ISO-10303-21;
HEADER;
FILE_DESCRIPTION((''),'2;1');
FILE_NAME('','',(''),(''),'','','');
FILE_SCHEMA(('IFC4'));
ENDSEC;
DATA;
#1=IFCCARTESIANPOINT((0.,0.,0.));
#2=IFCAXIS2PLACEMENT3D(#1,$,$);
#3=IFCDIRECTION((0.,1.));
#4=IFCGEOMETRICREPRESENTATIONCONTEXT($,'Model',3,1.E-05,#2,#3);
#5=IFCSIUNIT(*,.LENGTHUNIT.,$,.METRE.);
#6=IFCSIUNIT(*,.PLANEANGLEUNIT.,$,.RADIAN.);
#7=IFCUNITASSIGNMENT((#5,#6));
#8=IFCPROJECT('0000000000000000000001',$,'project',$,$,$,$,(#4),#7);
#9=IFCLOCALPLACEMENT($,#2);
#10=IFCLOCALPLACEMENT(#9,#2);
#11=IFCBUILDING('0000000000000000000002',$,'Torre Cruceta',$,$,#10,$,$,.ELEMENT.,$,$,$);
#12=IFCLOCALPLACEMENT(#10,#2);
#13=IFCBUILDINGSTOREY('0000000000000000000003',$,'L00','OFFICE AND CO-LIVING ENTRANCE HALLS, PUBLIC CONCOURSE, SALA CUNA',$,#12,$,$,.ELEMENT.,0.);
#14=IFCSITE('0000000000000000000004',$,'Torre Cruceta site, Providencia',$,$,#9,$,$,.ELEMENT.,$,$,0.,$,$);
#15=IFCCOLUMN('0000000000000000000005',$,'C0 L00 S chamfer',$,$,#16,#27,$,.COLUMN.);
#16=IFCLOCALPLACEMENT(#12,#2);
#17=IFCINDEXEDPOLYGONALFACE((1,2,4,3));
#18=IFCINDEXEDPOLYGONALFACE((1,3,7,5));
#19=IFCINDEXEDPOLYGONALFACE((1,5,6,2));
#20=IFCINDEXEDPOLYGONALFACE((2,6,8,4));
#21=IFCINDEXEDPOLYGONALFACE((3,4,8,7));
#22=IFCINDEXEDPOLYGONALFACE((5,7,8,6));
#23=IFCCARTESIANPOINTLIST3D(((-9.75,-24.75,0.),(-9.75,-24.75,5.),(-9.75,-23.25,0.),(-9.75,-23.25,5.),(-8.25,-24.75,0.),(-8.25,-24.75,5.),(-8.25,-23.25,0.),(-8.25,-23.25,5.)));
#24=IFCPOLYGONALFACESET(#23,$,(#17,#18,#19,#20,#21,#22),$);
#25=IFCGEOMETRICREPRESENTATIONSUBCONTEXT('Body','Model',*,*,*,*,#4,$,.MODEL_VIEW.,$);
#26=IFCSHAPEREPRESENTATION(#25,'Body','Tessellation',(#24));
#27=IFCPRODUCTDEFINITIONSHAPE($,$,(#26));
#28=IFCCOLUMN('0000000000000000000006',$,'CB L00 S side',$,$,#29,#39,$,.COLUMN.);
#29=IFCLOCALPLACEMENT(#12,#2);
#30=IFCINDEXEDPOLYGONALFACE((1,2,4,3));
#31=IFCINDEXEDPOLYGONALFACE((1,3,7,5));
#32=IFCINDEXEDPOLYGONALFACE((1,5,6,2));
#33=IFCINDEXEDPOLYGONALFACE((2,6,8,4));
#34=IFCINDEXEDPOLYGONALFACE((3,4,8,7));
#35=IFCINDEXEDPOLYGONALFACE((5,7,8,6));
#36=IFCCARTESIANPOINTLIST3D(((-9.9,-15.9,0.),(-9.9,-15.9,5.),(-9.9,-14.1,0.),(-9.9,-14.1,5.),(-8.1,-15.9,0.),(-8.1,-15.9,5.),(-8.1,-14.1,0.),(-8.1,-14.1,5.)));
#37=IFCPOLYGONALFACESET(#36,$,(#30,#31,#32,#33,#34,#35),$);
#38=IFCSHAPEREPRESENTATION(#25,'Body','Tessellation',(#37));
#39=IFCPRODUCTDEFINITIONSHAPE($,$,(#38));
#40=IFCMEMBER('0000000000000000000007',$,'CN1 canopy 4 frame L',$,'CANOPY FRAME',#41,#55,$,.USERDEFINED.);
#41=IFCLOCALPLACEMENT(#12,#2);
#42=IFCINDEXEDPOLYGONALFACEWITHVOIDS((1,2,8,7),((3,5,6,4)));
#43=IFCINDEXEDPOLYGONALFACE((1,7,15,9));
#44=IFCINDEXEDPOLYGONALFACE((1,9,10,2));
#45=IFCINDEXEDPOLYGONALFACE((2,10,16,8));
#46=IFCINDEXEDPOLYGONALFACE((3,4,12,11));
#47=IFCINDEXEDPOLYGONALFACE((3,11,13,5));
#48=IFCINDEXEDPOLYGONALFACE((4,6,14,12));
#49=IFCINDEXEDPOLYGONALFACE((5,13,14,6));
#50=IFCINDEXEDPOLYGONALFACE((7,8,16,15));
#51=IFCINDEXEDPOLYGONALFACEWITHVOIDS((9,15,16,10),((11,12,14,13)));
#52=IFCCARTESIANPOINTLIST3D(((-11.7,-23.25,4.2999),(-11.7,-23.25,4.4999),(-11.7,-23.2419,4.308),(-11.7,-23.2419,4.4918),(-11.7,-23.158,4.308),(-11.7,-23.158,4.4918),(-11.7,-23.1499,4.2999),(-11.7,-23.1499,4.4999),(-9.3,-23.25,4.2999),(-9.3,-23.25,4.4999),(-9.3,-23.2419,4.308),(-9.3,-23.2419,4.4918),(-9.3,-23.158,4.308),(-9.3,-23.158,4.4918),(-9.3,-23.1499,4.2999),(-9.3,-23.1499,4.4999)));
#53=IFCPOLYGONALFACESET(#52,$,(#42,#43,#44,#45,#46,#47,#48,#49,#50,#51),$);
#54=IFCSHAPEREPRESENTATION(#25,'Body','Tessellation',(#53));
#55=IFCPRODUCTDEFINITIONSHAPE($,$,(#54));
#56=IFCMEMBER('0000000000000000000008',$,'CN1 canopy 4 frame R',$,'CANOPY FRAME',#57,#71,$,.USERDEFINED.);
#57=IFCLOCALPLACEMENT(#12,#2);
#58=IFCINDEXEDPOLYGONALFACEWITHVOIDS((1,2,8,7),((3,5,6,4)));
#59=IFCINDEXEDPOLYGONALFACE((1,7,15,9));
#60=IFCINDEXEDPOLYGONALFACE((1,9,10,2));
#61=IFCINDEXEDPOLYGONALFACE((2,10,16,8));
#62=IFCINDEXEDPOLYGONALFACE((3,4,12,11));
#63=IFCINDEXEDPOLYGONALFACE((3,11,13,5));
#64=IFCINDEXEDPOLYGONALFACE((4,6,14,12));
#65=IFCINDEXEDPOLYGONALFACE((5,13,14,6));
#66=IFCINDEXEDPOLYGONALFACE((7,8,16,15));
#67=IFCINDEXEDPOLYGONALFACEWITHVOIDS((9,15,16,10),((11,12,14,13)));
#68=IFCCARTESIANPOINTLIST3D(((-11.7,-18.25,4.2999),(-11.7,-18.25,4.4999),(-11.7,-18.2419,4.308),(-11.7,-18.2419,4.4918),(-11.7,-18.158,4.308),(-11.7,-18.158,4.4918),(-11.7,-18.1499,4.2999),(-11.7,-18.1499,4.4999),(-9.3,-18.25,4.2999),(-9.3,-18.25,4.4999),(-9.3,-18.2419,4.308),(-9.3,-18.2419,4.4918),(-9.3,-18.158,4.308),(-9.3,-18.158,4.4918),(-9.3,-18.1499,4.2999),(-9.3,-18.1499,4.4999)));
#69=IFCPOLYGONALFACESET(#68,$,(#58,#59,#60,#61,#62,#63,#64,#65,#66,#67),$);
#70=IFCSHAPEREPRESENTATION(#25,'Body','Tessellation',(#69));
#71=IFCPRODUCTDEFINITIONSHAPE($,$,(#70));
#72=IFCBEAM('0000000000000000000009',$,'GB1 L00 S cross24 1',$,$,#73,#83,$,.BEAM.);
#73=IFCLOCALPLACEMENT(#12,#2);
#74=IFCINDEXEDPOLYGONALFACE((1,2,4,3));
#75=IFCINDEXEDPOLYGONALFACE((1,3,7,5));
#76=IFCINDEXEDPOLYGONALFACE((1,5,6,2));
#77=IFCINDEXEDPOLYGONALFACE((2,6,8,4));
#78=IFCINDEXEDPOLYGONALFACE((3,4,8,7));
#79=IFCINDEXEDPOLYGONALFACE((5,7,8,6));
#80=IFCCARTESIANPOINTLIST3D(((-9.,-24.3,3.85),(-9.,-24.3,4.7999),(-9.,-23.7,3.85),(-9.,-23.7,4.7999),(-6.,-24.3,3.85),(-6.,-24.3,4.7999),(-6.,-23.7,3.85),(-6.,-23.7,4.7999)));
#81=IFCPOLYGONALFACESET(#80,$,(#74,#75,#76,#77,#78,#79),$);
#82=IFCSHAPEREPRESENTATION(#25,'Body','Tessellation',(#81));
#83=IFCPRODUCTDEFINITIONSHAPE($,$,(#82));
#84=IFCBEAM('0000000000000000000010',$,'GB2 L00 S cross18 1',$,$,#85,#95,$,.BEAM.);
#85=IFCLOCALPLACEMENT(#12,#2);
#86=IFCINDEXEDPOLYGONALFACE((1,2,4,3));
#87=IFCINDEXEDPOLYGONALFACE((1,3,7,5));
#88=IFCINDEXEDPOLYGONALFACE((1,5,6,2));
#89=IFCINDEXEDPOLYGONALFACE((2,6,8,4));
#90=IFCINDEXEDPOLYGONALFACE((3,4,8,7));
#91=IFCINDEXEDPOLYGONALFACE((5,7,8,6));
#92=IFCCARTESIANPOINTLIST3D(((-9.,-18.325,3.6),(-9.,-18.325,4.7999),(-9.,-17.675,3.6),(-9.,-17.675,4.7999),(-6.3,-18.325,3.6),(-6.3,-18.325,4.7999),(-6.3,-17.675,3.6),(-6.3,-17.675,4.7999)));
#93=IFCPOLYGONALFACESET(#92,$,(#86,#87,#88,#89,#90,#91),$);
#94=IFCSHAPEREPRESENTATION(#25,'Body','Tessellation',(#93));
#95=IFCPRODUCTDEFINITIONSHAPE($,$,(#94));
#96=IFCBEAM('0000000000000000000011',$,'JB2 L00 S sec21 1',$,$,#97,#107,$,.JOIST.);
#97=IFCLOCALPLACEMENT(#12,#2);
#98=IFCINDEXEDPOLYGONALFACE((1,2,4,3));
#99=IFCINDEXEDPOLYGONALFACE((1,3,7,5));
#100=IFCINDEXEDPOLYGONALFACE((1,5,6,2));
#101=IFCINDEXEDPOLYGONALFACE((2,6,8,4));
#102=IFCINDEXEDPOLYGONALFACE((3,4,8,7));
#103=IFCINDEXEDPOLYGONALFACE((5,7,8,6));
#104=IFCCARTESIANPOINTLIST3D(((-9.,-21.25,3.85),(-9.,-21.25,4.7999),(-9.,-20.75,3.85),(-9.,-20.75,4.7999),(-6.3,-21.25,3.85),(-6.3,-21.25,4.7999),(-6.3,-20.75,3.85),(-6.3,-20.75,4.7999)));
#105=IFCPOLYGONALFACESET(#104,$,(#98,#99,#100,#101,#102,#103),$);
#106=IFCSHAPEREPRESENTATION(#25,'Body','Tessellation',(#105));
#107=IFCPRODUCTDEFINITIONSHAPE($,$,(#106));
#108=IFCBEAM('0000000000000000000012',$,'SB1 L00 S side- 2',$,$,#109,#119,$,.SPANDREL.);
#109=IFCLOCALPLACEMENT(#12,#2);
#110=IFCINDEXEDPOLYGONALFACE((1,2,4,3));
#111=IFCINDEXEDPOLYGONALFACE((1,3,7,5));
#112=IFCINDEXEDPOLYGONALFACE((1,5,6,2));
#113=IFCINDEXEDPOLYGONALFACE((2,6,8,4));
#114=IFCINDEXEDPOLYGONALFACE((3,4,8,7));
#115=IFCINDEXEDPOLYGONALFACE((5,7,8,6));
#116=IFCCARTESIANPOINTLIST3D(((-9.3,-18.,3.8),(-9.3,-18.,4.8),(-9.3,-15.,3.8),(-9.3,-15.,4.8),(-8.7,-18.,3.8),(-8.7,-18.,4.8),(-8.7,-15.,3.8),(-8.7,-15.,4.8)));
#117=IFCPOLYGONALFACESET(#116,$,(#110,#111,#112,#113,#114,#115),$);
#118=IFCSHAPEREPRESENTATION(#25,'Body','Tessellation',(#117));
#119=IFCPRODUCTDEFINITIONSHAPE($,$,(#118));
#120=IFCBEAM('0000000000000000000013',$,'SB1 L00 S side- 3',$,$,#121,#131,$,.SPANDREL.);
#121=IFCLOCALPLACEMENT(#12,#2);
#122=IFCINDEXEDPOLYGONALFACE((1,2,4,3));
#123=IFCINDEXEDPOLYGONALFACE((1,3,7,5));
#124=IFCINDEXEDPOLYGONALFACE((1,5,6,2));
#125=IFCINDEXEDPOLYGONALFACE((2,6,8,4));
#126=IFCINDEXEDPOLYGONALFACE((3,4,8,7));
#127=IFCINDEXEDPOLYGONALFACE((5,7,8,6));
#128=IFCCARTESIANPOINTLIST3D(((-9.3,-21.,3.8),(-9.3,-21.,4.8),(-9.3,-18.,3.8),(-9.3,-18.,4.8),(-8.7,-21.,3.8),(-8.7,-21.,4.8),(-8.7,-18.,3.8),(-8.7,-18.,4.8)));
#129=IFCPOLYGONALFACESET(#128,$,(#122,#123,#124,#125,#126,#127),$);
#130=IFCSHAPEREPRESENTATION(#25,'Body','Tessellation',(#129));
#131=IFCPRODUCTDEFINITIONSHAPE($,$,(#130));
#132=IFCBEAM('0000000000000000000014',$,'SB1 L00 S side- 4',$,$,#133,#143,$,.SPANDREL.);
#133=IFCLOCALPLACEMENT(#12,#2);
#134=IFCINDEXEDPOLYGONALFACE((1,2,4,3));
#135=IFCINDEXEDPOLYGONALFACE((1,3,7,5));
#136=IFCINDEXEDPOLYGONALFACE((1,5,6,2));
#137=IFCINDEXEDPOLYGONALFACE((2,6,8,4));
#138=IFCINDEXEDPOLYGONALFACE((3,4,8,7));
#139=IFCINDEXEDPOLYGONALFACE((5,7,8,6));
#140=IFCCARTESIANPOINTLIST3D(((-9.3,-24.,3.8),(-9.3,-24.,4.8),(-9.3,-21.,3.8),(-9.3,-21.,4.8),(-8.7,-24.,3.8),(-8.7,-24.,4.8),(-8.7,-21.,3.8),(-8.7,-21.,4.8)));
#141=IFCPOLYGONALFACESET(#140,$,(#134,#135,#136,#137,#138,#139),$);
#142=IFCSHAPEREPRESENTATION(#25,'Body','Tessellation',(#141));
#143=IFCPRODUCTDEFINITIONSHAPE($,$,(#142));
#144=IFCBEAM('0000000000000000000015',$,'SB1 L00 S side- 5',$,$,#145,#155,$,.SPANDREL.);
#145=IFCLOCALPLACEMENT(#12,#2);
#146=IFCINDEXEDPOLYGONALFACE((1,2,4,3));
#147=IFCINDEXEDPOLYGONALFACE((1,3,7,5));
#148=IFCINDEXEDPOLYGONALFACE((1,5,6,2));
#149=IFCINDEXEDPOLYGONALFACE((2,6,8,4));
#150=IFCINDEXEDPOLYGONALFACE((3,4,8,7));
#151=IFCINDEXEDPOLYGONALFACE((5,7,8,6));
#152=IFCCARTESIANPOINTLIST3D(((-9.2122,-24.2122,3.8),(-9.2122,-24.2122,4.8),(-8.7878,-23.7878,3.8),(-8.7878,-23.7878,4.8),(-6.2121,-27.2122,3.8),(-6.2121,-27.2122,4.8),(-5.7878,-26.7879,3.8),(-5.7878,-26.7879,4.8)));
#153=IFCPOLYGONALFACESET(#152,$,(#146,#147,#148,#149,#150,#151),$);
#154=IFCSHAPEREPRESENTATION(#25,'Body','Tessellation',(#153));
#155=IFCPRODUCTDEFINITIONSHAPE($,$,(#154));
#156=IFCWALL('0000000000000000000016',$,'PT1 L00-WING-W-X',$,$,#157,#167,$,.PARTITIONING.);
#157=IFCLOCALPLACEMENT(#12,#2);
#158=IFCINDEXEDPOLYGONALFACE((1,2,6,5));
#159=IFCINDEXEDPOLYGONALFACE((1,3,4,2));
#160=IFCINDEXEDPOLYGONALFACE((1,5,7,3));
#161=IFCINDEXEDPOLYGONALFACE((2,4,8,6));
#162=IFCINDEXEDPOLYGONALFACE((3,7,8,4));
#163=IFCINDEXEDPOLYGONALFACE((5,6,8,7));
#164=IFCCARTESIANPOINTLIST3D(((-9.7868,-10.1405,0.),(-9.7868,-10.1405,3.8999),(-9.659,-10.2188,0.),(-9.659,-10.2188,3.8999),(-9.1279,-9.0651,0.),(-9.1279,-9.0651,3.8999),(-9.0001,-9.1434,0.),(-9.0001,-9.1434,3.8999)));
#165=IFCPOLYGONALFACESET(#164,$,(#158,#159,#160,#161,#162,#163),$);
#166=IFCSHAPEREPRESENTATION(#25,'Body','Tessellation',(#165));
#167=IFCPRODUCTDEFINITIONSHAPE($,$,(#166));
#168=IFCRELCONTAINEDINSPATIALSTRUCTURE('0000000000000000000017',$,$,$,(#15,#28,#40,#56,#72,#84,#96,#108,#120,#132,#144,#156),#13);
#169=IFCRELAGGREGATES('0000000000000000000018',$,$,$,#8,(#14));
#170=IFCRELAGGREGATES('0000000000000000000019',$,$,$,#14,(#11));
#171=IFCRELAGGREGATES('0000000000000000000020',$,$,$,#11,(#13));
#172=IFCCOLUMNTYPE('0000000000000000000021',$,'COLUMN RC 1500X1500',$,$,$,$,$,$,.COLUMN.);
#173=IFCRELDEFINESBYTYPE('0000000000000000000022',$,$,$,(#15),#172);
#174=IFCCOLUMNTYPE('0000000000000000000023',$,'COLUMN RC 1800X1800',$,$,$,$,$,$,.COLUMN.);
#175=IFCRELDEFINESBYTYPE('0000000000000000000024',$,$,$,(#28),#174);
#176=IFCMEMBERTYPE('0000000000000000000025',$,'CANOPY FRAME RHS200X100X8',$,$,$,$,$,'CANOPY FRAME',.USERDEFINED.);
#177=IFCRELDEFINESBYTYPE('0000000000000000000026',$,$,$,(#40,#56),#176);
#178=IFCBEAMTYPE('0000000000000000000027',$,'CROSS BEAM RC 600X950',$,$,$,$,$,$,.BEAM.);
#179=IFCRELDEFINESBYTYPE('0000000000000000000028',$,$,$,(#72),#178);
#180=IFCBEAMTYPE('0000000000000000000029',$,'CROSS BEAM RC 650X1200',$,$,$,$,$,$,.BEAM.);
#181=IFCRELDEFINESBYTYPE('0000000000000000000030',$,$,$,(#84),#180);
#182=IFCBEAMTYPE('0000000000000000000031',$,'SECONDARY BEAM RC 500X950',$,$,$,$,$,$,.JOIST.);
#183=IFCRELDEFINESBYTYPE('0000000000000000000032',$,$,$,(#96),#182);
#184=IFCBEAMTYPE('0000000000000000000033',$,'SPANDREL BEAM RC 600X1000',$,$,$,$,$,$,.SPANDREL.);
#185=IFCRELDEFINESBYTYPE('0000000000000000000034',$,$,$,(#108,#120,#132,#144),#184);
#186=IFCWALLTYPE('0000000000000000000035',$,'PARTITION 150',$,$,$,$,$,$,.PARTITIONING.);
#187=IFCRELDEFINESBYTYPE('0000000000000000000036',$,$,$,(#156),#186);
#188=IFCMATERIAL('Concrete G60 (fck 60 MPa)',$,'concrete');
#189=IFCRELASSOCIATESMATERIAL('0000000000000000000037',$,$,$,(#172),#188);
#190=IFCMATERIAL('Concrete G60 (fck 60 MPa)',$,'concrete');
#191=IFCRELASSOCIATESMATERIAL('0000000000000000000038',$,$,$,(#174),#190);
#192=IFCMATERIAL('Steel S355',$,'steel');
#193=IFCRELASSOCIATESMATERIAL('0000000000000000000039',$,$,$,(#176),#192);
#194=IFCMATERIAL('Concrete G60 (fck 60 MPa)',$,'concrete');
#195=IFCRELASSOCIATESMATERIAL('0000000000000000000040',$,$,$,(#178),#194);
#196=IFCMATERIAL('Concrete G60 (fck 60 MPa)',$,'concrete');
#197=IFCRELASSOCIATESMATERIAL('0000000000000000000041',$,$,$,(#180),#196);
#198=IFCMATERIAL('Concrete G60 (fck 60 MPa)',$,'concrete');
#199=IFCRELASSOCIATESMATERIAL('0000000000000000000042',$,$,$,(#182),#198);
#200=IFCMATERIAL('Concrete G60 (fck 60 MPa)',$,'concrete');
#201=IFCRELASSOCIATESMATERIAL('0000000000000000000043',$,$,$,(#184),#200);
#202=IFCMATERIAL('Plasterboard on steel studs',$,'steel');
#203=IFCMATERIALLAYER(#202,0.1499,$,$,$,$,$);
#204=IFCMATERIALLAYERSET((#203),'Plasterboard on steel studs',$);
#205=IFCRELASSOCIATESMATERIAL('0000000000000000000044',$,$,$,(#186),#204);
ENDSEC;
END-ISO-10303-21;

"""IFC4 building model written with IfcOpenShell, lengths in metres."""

from ifc_helpers import new_model, si_unit, direction, frame, frame_2d, origin, origin_2d, place, context, subcontext, project, spatial, rectangle, hollow_rectangle, extrude, material, layer, layer_set, material_profile, profile_set, type_object, element, save


model = new_model("IFC4")

# Units and contexts
model_context = context("Model", 3, precision=1e-05, world=origin(), true_north=direction((0.0, 1.0)))
body_context = subcontext(model_context, "Body", "Model", "MODEL_VIEW")
ifc_project = project(units=[si_unit("LENGTHUNIT", "METRE"), si_unit("PLANEANGLEUNIT", "RADIAN")], contexts=[model_context])

# Site, building, storey
site_placement = place(None, origin())
site = spatial("IfcSite", under=ifc_project, at=site_placement, Name="Torre Cruceta site, Providencia", CompositionType="ELEMENT", RefElevation=0.0)
building_placement = place(site_placement, origin())
building = spatial("IfcBuilding", under=site, at=building_placement, Name="Torre Cruceta", CompositionType="ELEMENT")
storey_placement = place(building_placement, origin())
storey = spatial("IfcBuildingStorey", under=building, at=storey_placement, Name="L00", Description="OFFICE AND CO-LIVING ENTRANCE HALLS, PUBLIC CONCOURSE, SALA CUNA", CompositionType="ELEMENT", Elevation=0.0)

# Columns
ifc_material_1 = material(Name="Concrete G60 (fck 60 MPa)", Category="concrete")
ifc_material_profile_1 = material_profile(ifc_material_1, rectangle(XDim=1.5, YDim=1.5, at=origin_2d()), Name="RC 1500X1500")
ifc_profile_set_1 = profile_set([ifc_material_profile_1], Name="Concrete G60 (fck 60 MPa)")
column_type_1 = type_object("IfcColumnType", Name="COLUMN RC 1500X1500", PredefinedType="COLUMN", material=ifc_profile_set_1)
column_1_placement = place(storey_placement, frame((-9.0, -24.0, 0.0), z_axis=(0.0, 0.0, 1.0), x_axis=(1.0, 0.0, 0.0)))
element("IfcColumn", 1, at=column_1_placement, inside=storey, type_object=column_type_1, Name="C0 L00 S chamfer", PredefinedType="COLUMN", context=body_context, shape_type="SweptSolid", body=[
    extrude(rectangle(XDim=1.5, YDim=1.5, at=origin_2d()), origin(), (0.0, 0.0, 1.0), 5.0),
])
ifc_material_2 = material(Name="Concrete G60 (fck 60 MPa)", Category="concrete")
ifc_material_profile_2 = material_profile(ifc_material_2, rectangle(XDim=1.8, YDim=1.8, at=origin_2d()), Name="RC 1800X1800")
ifc_profile_set_2 = profile_set([ifc_material_profile_2], Name="Concrete G60 (fck 60 MPa)")
column_type_2 = type_object("IfcColumnType", Name="COLUMN RC 1800X1800", PredefinedType="COLUMN", material=ifc_profile_set_2)
column_2_placement = place(storey_placement, frame((-9.0, -15.0, 0.0), z_axis=(0.0, 0.0, 1.0), x_axis=(1.0, 0.0, 0.0)))
element("IfcColumn", 2, at=column_2_placement, inside=storey, type_object=column_type_2, Name="CB L00 S side", PredefinedType="COLUMN", context=body_context, shape_type="SweptSolid", body=[
    extrude(rectangle(XDim=1.8, YDim=1.8, at=origin_2d()), origin(), (0.0, 0.0, 1.0), 5.0),
])

# Members
ifc_material_3 = material(Name="Steel S355", Category="steel")
ifc_material_profile_3 = material_profile(ifc_material_3, hollow_rectangle(XDim=0.1001, YDim=0.2, WallThickness=0.0081, at=origin_2d()), Name="RHS200X100X8")
ifc_profile_set_3 = profile_set([ifc_material_profile_3], Name="Steel S355")
member_type = type_object("IfcMemberType", Name="CANOPY FRAME RHS200X100X8", ElementType="CANOPY FRAME", PredefinedType="USERDEFINED", material=ifc_profile_set_3)
for number, where, z_axis, x_axis, name in (
    (3, (-9.3, -23.2, 4.3999), (-1.0, 0.0, 0.0), (0.0, -1.0, 0.0), "CN1 canopy 4 frame L"),
    (4, (-9.3, -18.2, 4.3999), (-1.0, 0.0, 0.0), (0.0, -1.0, 0.0), "CN1 canopy 4 frame R"),
):
    element("IfcMember", number, at=place(storey_placement, frame(where, z_axis=z_axis, x_axis=x_axis)), inside=storey, type_object=member_type, Name=name, ObjectType="CANOPY FRAME", PredefinedType="USERDEFINED", context=body_context, shape_type="SweptSolid", body=[
        extrude(hollow_rectangle(XDim=0.1001, YDim=0.2, WallThickness=0.0081, at=origin_2d()), origin(), (0.0, 0.0, 1.0), 2.3999),
    ])

# Beams
ifc_material_4 = material(Name="Concrete G60 (fck 60 MPa)", Category="concrete")
ifc_material_profile_4 = material_profile(ifc_material_4, rectangle(XDim=0.6001, YDim=0.95, at=origin_2d()), Name="RC 600X950")
ifc_profile_set_4 = profile_set([ifc_material_profile_4], Name="Concrete G60 (fck 60 MPa)")
beam_type_1 = type_object("IfcBeamType", Name="CROSS BEAM RC 600X950", PredefinedType="BEAM", material=ifc_profile_set_4)
beam_1_placement = place(storey_placement, frame((-9.0, -24.0, 4.325), z_axis=(1.0, 0.0, 0.0), x_axis=(0.0, 1.0, 0.0)))
element("IfcBeam", 5, at=beam_1_placement, inside=storey, type_object=beam_type_1, Name="GB1 L00 S cross24 1", PredefinedType="BEAM", context=body_context, shape_type="SweptSolid", body=[
    extrude(rectangle(XDim=0.6001, YDim=0.95, at=origin_2d()), origin(), (0.0, 0.0, 1.0), 3.0),
])
ifc_material_5 = material(Name="Concrete G60 (fck 60 MPa)", Category="concrete")
ifc_material_profile_5 = material_profile(ifc_material_5, rectangle(XDim=0.6499, YDim=1.2, at=origin_2d()), Name="RC 650X1200")
ifc_profile_set_5 = profile_set([ifc_material_profile_5], Name="Concrete G60 (fck 60 MPa)")
beam_type_2 = type_object("IfcBeamType", Name="CROSS BEAM RC 650X1200", PredefinedType="BEAM", material=ifc_profile_set_5)
beam_2_placement = place(storey_placement, frame((-9.0, -18.0, 4.2), z_axis=(1.0, 0.0, 0.0), x_axis=(0.0, 1.0, 0.0)))
element("IfcBeam", 6, at=beam_2_placement, inside=storey, type_object=beam_type_2, Name="GB2 L00 S cross18 1", PredefinedType="BEAM", context=body_context, shape_type="SweptSolid", body=[
    extrude(rectangle(XDim=0.6499, YDim=1.2, at=origin_2d()), origin(), (0.0, 0.0, 1.0), 2.7),
])
ifc_material_6 = material(Name="Concrete G60 (fck 60 MPa)", Category="concrete")
ifc_material_profile_6 = material_profile(ifc_material_6, rectangle(XDim=0.5, YDim=0.95, at=origin_2d()), Name="RC 500X950")
ifc_profile_set_6 = profile_set([ifc_material_profile_6], Name="Concrete G60 (fck 60 MPa)")
beam_type_3 = type_object("IfcBeamType", Name="SECONDARY BEAM RC 500X950", PredefinedType="JOIST", material=ifc_profile_set_6)
beam_3_placement = place(storey_placement, frame((-9.0, -21.0, 4.325), z_axis=(1.0, 0.0, 0.0), x_axis=(0.0, 1.0, 0.0)))
element("IfcBeam", 7, at=beam_3_placement, inside=storey, type_object=beam_type_3, Name="JB2 L00 S sec21 1", PredefinedType="JOIST", context=body_context, shape_type="SweptSolid", body=[
    extrude(rectangle(XDim=0.5, YDim=0.95, at=origin_2d()), origin(), (0.0, 0.0, 1.0), 2.7),
])
ifc_material_7 = material(Name="Concrete G60 (fck 60 MPa)", Category="concrete")
ifc_material_profile_7 = material_profile(ifc_material_7, rectangle(XDim=0.6001, YDim=1.0, at=origin_2d()), Name="RC 600X1000")
ifc_profile_set_7 = profile_set([ifc_material_profile_7], Name="Concrete G60 (fck 60 MPa)")
beam_type_4 = type_object("IfcBeamType", Name="SPANDREL BEAM RC 600X1000", PredefinedType="SPANDREL", material=ifc_profile_set_7)
for number, where, z_axis, x_axis, name in (
    (8, (-9.0, -15.0, 4.3), (0.0, -1.0, 0.0), (1.0, 0.0, 0.0), "SB1 L00 S side- 2"),
    (9, (-9.0, -18.0, 4.3), (0.0, -1.0, 0.0), (1.0, 0.0, 0.0), "SB1 L00 S side- 3"),
    (10, (-9.0, -21.0, 4.3), (0.0, -1.0, 0.0), (1.0, 0.0, 0.0), "SB1 L00 S side- 4"),
):
    element("IfcBeam", number, at=place(storey_placement, frame(where, z_axis=z_axis, x_axis=x_axis)), inside=storey, type_object=beam_type_4, Name=name, PredefinedType="SPANDREL", context=body_context, shape_type="SweptSolid", body=[
        extrude(rectangle(XDim=0.6001, YDim=1.0, at=origin_2d()), origin(), (0.0, 0.0, 1.0), 3.0),
    ])
beam_4_placement = place(storey_placement, frame((-9.0, -24.0, 4.3), z_axis=(0.707107, -0.707107, 0.0), x_axis=(0.707107, 0.707107, 0.0)))
element("IfcBeam", 11, at=beam_4_placement, inside=storey, type_object=beam_type_4, Name="SB1 L00 S side- 5", PredefinedType="SPANDREL", context=body_context, shape_type="SweptSolid", body=[
    extrude(rectangle(XDim=0.6001, YDim=1.0, at=origin_2d()), origin(), (0.0, 0.0, 1.0), 4.2427),
])

# Wall
ifc_material_8 = material(Name="Plasterboard on steel studs", Category="steel")
ifc_layer_1 = layer(ifc_material_8, 0.1499)
ifc_layer_set_1 = layer_set([ifc_layer_1], Name="Plasterboard on steel studs")
wall_type_1 = type_object("IfcWallType", Name="PARTITION 150", PredefinedType="PARTITIONING", material=ifc_layer_set_1)
wall_1_placement = place(storey_placement, frame((-9.064, -9.1042, 0.0), z_axis=(0.0, 0.0, 1.0), x_axis=(-0.522444, -0.852674, 0.0)))
element("IfcWall", 12, at=wall_1_placement, inside=storey, type_object=wall_type_1, Name="PT1 L00-WING-W-X", PredefinedType="PARTITIONING", context=body_context, shape_type="SweptSolid", body=[
    extrude(rectangle(XDim=1.2612, YDim=0.1499, at=frame_2d((0.6306, 0.0))), origin(), (0.0, 0.0, 1.0), 3.8999),
])

save(model, "model.ifc")
